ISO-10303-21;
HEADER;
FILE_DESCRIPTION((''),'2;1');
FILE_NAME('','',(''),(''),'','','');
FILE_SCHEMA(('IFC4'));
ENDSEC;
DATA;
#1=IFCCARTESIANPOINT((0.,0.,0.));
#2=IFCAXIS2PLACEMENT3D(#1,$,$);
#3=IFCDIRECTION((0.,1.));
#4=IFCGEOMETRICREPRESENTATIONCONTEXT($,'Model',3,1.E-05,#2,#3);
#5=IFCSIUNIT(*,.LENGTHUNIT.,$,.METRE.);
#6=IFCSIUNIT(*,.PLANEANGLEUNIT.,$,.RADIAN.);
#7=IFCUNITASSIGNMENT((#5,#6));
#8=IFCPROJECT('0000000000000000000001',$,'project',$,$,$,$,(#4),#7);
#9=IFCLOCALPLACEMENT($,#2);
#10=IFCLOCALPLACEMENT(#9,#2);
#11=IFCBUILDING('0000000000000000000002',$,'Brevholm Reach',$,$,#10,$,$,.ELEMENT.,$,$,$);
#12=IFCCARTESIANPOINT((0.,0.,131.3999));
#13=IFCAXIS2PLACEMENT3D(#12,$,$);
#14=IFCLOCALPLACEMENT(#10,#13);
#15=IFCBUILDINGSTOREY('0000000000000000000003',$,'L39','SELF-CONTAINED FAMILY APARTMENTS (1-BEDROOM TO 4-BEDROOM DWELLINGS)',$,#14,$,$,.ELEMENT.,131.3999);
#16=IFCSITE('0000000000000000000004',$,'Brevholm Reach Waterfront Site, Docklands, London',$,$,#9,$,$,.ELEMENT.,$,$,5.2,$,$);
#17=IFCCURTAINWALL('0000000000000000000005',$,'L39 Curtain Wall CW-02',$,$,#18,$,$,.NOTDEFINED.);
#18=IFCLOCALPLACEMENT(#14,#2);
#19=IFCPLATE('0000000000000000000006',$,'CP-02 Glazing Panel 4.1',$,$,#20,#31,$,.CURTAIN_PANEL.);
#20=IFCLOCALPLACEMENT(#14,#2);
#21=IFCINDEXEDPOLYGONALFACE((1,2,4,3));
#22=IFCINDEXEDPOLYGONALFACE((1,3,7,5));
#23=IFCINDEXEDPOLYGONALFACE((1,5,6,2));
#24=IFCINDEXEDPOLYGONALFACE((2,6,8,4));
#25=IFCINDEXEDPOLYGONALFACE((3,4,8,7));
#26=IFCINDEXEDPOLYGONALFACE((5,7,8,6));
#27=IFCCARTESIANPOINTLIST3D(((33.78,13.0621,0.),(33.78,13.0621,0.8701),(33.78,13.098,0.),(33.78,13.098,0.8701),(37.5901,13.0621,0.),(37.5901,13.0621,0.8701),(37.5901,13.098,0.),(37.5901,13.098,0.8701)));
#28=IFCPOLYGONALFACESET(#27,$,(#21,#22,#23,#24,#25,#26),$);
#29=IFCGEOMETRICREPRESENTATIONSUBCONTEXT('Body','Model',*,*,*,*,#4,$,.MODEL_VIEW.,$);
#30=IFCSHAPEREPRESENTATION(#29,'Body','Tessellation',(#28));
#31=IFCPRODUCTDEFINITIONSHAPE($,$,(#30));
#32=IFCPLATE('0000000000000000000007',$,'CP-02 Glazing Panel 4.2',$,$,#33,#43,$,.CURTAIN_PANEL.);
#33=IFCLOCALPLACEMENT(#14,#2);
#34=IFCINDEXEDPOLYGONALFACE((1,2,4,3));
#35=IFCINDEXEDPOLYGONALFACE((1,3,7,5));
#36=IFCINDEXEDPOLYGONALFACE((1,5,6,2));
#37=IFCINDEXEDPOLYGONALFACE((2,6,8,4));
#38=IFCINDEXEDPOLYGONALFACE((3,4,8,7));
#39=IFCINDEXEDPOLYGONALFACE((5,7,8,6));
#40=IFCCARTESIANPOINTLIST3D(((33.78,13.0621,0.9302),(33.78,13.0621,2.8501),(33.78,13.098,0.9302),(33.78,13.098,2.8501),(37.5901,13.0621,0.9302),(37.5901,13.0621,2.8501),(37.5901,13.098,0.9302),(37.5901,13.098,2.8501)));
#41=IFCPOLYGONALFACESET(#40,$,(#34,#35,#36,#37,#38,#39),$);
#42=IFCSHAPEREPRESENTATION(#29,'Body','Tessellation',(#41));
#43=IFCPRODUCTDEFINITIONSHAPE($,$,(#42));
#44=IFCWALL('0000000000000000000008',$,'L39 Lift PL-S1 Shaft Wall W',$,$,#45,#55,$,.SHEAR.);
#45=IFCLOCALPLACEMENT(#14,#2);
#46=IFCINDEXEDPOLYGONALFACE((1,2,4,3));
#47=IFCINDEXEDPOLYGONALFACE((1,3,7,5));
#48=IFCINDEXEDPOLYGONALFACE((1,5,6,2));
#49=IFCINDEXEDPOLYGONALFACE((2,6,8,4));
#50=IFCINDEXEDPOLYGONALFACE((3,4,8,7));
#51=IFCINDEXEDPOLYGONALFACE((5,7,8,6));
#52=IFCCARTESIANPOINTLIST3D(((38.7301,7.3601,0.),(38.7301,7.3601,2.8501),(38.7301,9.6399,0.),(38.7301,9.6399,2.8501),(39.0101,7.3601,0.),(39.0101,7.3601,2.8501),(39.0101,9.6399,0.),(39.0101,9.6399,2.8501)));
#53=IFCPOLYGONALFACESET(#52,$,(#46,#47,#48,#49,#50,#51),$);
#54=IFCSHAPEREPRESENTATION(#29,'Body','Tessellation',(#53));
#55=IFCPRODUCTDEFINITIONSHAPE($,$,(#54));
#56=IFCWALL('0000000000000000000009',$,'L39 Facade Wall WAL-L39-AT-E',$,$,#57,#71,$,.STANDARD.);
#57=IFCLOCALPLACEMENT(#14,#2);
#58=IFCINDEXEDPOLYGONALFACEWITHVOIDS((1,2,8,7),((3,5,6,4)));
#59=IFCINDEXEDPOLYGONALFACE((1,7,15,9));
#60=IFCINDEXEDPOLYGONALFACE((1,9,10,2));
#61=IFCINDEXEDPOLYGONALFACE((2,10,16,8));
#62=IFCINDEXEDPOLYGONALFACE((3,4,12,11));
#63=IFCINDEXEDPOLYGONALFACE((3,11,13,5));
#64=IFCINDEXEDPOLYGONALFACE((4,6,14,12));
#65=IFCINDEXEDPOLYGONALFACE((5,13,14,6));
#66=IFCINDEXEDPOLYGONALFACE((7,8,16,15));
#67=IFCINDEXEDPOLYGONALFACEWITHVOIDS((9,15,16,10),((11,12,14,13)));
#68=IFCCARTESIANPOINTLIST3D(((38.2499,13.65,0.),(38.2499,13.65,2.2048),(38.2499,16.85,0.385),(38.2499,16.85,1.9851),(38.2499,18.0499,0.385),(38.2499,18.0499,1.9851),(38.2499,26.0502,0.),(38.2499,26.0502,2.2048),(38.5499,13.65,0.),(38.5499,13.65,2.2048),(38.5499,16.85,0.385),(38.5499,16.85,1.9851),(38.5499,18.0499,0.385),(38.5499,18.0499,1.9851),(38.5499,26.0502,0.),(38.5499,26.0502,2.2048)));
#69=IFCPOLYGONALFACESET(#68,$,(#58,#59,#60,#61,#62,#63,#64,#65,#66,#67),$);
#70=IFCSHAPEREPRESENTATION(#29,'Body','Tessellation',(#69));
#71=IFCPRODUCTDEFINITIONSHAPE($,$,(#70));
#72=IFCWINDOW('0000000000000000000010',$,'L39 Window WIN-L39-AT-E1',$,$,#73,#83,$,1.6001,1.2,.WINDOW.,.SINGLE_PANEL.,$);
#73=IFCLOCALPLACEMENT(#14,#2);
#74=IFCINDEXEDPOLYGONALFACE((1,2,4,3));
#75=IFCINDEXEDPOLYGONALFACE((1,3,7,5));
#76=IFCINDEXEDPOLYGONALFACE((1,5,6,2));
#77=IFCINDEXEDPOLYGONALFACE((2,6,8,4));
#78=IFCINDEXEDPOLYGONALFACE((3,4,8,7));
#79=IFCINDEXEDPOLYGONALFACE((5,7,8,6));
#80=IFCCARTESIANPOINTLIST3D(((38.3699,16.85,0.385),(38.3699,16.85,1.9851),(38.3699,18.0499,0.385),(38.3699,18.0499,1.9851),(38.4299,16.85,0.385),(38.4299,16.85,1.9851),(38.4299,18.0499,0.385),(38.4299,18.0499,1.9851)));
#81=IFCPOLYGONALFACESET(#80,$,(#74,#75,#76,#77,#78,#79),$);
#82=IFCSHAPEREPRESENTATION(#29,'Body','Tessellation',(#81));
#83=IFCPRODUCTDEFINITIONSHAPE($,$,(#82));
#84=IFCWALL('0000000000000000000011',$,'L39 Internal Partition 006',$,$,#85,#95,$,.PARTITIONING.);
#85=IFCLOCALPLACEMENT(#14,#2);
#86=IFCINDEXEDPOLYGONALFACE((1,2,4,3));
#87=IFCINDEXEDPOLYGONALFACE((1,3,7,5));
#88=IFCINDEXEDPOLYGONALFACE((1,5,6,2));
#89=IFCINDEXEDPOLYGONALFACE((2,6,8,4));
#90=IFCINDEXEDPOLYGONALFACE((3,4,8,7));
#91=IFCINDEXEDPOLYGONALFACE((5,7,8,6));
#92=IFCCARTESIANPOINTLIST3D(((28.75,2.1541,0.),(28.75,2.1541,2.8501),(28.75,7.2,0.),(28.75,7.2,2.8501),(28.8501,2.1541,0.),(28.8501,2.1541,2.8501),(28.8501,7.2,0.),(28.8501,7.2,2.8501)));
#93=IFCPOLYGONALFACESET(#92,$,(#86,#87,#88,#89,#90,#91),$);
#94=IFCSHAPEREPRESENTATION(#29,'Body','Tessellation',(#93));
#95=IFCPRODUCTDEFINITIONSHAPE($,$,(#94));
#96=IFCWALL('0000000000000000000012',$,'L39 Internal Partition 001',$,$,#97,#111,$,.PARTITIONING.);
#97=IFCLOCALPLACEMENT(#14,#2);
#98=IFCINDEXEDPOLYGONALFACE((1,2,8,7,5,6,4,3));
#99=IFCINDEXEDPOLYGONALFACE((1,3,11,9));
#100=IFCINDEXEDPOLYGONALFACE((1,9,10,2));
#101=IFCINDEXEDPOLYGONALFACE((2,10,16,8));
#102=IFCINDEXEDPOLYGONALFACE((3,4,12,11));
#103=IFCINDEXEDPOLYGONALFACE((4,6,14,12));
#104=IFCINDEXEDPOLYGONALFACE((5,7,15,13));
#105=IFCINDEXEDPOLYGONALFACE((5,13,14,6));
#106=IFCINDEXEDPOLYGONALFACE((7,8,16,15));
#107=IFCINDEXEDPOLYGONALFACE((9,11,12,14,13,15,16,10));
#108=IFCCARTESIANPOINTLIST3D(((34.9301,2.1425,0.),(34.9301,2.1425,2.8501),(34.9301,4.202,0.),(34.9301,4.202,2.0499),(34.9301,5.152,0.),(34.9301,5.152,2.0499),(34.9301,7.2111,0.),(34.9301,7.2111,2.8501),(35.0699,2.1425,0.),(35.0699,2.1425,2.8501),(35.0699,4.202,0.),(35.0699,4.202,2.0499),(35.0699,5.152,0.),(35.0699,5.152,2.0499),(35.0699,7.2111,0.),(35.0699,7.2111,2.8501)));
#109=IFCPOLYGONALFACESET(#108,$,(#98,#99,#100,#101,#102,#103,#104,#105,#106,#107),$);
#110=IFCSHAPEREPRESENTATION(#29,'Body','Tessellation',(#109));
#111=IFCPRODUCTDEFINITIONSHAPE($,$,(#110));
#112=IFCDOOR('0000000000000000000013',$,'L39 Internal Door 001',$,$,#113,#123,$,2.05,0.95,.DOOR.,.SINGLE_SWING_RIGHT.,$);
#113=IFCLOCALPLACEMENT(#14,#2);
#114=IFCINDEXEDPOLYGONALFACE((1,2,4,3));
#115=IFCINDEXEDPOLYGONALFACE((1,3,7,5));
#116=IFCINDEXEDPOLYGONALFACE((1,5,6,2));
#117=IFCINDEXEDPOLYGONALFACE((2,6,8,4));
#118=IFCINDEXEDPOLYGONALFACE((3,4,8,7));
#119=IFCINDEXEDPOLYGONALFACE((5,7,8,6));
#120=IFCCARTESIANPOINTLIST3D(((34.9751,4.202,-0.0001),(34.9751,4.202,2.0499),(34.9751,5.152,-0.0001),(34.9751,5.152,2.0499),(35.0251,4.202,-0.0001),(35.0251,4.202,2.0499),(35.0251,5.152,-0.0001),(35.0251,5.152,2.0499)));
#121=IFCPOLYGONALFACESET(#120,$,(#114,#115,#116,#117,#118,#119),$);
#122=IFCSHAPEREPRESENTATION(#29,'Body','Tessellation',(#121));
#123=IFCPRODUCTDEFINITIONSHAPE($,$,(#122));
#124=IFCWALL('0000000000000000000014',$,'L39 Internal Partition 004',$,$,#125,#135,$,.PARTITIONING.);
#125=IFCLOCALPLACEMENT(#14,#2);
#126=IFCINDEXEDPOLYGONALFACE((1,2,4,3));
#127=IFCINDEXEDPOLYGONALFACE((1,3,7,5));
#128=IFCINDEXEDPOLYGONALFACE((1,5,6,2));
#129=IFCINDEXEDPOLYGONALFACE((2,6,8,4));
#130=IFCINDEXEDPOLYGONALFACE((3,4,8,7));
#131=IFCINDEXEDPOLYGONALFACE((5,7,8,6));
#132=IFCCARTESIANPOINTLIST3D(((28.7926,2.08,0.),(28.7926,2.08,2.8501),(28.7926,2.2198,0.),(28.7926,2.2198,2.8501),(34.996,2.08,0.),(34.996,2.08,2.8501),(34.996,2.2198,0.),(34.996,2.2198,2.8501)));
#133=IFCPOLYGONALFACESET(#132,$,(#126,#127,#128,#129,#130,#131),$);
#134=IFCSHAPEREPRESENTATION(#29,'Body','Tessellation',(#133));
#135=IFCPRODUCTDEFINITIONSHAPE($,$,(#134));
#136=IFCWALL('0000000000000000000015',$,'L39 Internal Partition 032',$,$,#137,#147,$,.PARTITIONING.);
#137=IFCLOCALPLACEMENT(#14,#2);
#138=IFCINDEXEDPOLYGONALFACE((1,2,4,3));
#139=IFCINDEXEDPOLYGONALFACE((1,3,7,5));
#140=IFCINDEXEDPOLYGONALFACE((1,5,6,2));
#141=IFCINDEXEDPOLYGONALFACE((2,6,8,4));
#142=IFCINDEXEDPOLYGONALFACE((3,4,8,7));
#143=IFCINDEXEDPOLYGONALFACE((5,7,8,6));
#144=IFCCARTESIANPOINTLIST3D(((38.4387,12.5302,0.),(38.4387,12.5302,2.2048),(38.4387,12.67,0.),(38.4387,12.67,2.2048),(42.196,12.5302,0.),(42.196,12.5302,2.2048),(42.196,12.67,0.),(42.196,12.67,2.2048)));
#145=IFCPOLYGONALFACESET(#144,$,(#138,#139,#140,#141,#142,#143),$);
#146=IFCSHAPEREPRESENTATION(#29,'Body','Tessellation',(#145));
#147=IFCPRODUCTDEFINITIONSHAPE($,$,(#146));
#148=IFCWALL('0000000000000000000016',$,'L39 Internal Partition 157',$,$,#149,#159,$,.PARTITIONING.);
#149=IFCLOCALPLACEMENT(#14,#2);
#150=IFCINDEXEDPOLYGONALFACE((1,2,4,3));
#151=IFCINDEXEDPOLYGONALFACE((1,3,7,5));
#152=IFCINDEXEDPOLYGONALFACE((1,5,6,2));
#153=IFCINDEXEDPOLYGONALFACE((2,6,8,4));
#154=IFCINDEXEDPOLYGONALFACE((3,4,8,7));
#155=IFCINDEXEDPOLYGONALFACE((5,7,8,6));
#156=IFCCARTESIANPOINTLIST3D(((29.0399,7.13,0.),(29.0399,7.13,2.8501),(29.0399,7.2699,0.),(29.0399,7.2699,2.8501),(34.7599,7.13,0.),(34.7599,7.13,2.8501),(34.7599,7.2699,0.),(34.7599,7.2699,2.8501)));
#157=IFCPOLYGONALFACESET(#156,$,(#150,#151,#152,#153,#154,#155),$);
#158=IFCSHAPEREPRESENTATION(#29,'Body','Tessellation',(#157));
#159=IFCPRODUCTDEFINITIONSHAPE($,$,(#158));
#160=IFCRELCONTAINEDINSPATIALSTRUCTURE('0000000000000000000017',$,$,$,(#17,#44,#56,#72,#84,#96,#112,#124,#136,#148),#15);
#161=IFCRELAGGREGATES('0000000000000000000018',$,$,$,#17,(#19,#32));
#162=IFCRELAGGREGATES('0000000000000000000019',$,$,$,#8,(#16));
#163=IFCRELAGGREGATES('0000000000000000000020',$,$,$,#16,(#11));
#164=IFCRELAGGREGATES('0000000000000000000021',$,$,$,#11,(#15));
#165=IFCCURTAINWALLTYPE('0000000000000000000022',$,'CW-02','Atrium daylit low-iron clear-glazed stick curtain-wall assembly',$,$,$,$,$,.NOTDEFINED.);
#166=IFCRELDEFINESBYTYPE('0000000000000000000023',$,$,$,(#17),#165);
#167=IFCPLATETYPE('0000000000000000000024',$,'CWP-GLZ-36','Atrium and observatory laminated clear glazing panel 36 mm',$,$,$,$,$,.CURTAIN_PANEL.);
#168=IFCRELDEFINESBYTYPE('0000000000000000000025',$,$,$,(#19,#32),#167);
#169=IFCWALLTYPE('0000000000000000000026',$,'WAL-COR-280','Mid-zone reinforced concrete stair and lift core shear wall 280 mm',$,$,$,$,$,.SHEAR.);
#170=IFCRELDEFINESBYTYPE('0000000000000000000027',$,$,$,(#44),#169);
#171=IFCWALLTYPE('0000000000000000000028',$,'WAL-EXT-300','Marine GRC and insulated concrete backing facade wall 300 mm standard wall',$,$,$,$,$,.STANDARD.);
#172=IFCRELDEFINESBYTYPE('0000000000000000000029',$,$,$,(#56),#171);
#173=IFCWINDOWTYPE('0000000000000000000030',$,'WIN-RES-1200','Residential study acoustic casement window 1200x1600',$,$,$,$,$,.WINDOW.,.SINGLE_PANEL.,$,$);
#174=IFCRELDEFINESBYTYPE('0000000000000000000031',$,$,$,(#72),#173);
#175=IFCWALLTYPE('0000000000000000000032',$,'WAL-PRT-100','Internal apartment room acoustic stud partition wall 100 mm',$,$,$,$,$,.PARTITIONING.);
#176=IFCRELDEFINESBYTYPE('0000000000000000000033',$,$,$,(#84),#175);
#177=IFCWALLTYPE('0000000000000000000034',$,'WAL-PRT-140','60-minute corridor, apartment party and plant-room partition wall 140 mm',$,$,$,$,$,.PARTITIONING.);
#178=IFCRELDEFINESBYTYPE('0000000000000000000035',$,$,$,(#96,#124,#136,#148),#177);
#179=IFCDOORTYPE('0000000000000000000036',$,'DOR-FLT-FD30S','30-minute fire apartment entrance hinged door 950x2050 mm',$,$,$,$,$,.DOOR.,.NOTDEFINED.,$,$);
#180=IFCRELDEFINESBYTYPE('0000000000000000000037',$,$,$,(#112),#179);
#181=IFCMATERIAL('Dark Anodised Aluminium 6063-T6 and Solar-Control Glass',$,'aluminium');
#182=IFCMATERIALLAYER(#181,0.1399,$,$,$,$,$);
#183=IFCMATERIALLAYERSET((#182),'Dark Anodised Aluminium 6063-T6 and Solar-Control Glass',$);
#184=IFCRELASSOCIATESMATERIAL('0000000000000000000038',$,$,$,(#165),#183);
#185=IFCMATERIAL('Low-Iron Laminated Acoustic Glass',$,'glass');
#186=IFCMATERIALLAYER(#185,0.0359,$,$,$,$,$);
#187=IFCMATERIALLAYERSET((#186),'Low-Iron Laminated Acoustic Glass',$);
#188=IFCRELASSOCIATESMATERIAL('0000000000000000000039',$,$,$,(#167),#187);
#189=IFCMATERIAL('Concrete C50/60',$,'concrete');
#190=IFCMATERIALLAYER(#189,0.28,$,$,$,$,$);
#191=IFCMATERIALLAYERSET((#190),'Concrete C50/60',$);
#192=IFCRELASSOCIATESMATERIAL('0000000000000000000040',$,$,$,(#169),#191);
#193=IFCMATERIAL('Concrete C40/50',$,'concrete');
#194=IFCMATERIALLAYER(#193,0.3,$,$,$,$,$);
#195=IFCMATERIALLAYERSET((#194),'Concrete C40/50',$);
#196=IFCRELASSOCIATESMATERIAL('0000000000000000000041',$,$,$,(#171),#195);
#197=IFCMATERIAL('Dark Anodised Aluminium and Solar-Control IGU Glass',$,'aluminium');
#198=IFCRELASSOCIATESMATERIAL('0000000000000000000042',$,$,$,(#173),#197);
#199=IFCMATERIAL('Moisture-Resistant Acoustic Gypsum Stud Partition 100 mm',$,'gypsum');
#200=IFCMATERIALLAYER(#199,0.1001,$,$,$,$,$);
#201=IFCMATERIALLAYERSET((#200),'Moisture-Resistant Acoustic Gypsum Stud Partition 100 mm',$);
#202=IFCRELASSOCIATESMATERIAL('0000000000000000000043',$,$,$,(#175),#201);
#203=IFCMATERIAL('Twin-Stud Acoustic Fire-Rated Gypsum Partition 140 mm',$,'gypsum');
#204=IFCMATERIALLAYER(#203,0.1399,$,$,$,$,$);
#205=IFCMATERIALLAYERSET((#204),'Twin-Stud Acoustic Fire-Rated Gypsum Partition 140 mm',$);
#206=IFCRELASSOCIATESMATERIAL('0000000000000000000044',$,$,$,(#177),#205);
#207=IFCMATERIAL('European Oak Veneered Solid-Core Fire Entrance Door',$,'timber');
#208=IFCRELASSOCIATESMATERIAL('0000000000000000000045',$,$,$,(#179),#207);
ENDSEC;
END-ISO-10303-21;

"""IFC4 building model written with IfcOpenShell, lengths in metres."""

from ifc_helpers import new_model, si_unit, direction, frame, frame_2d, origin, origin_2d, place, context, subcontext, project, spatial, rectangle, extrude, material, layer, layer_set, type_object, element, fill, aggregate, save


model = new_model("IFC4")

# Units and contexts
model_context = context("Model", 3, precision=1e-05, world=origin(), true_north=direction((0.0, 1.0)))
body_context = subcontext(model_context, "Body", "Model", "MODEL_VIEW")
ifc_project = project(units=[si_unit("LENGTHUNIT", "METRE"), si_unit("PLANEANGLEUNIT", "RADIAN")], contexts=[model_context])

# Site, building, storey
site_placement = place(None, origin())
site = spatial("IfcSite", under=ifc_project, at=site_placement, Name="Brevholm Reach Waterfront Site, Docklands, London", CompositionType="ELEMENT", RefElevation=5.2)
building_placement = place(site_placement, origin())
building = spatial("IfcBuilding", under=site, at=building_placement, Name="Brevholm Reach", CompositionType="ELEMENT")
storey_placement = place(building_placement, frame((0.0, 0.0, 131.3999)))
storey = spatial("IfcBuildingStorey", under=building, at=storey_placement, Name="L39", Description="SELF-CONTAINED FAMILY APARTMENTS (1-BEDROOM TO 4-BEDROOM DWELLINGS)", CompositionType="ELEMENT", Elevation=131.3999)

# Curtain wall, plates
ifc_material_1 = material(Name="Dark Anodised Aluminium 6063-T6 and Solar-Control Glass", Category="aluminium")
ifc_layer_1 = layer(ifc_material_1, 0.1399)
ifc_layer_set_1 = layer_set([ifc_layer_1], Name="Dark Anodised Aluminium 6063-T6 and Solar-Control Glass")
curtain_wall_type = type_object("IfcCurtainWallType", Name="CW-02", Description="Atrium daylit low-iron clear-glazed stick curtain-wall assembly", PredefinedType="NOTDEFINED", material=ifc_layer_set_1)
curtain_wall_placement = place(storey_placement, origin())
curtain_wall = element("IfcCurtainWall", 1, at=curtain_wall_placement, inside=storey, type_object=curtain_wall_type, Name="L39 Curtain Wall CW-02", PredefinedType="NOTDEFINED")
ifc_material_2 = material(Name="Low-Iron Laminated Acoustic Glass", Category="glass")
ifc_layer_2 = layer(ifc_material_2, 0.0359)
ifc_layer_set_2 = layer_set([ifc_layer_2], Name="Low-Iron Laminated Acoustic Glass")
plate_type = type_object("IfcPlateType", Name="CWP-GLZ-36", Description="Atrium and observatory laminated clear glazing panel 36 mm", PredefinedType="CURTAIN_PANEL", material=ifc_layer_set_2)
plate_1_placement = place(storey_placement, frame((35.6851, 13.0801, 0.0), z_axis=(0.0, 0.0, 1.0), x_axis=(1.0, 0.0, 0.0)))
plate_1 = element("IfcPlate", 2, at=plate_1_placement, type_object=plate_type, Name="CP-02 Glazing Panel 4.1", PredefinedType="CURTAIN_PANEL", context=body_context, shape_type="SweptSolid", body=[
    extrude(rectangle(XDim=3.8101, YDim=0.0359, at=origin_2d()), origin(), (0.0, 0.0, 1.0), 0.8701),
])
plate_2_placement = place(storey_placement, frame((35.6851, 13.0801, 0.9302), z_axis=(0.0, 0.0, 1.0), x_axis=(1.0, 0.0, 0.0)))
plate_2 = element("IfcPlate", 3, at=plate_2_placement, type_object=plate_type, Name="CP-02 Glazing Panel 4.2", PredefinedType="CURTAIN_PANEL", context=body_context, shape_type="SweptSolid", body=[
    extrude(rectangle(XDim=3.8101, YDim=0.0359, at=origin_2d()), origin(), (0.0, 0.0, 1.0), 1.9199),
])
aggregate(curtain_wall, [plate_1, plate_2])

# Wall
ifc_material_3 = material(Name="Concrete C50/60", Category="concrete")
ifc_layer_3 = layer(ifc_material_3, 0.28)
ifc_layer_set_3 = layer_set([ifc_layer_3], Name="Concrete C50/60")
wall_type_1 = type_object("IfcWallType", Name="WAL-COR-280", Description="Mid-zone reinforced concrete stair and lift core shear wall 280 mm", PredefinedType="SHEAR", material=ifc_layer_set_3)
wall_1_placement = place(storey_placement, frame((38.8701, 7.3601, 0.0), z_axis=(0.0, 0.0, 1.0), x_axis=(0.0, 1.0, 0.0)))
element("IfcWall", 4, at=wall_1_placement, inside=storey, type_object=wall_type_1, Name="L39 Lift PL-S1 Shaft Wall W", PredefinedType="SHEAR", context=body_context, shape_type="SweptSolid", body=[
    extrude(rectangle(XDim=2.2798, YDim=0.28, at=frame_2d((1.1399, 0.0))), origin(), (0.0, 0.0, 1.0), 2.8501),
])

# Wall, opening, window
ifc_material_4 = material(Name="Concrete C40/50", Category="concrete")
ifc_layer_4 = layer(ifc_material_4, 0.3)
ifc_layer_set_4 = layer_set([ifc_layer_4], Name="Concrete C40/50")
wall_type_2 = type_object("IfcWallType", Name="WAL-EXT-300", Description="Marine GRC and insulated concrete backing facade wall 300 mm standard wall", PredefinedType="STANDARD", material=ifc_layer_set_4)
wall_2_placement = place(storey_placement, frame((38.3999, 13.6499, 0.0), z_axis=(0.0, 0.0, 1.0), x_axis=(0.0, 1.0, 0.0)))
wall_2 = element("IfcWall", 5, at=wall_2_placement, inside=storey, type_object=wall_type_2, Name="L39 Facade Wall WAL-L39-AT-E", PredefinedType="STANDARD", context=body_context, shape_type="SweptSolid", body=[
    extrude(rectangle(XDim=12.4001, YDim=0.3, at=frame_2d((6.2002, 0.0))), origin(), (0.0, 0.0, 1.0), 2.2048),
])
opening_1_placement = place(wall_2_placement, frame((3.2, 0.0, 0.385)))
opening_1 = element("IfcOpeningElement", 6, at=opening_1_placement, cuts=wall_2, PredefinedType="OPENING", context=body_context, shape_type="SweptSolid", body=[
    extrude(rectangle(XDim=1.2, YDim=1.6001, at=frame_2d((0.6001, 0.8))), frame((0.0, 0.1599, 0.0), z_axis=(0.0, -1.0, 0.0), x_axis=(1.0, 0.0, 0.0)), (0.0, 0.0, 1.0), 0.3201),
])
ifc_material_5 = material(Name="Dark Anodised Aluminium and Solar-Control IGU Glass", Category="aluminium")
window_type = type_object("IfcWindowType", Name="WIN-RES-1200", Description="Residential study acoustic casement window 1200x1600", PartitioningType="SINGLE_PANEL", PredefinedType="WINDOW", material=ifc_material_5)
window_placement = place(opening_1_placement, origin())
window = element("IfcWindow", 7, at=window_placement, inside=storey, type_object=window_type, Name="L39 Window WIN-L39-AT-E1", OverallHeight=1.6001, OverallWidth=1.2, PartitioningType="SINGLE_PANEL", PredefinedType="WINDOW", context=body_context, shape_type="SweptSolid", body=[
    extrude(rectangle(XDim=1.2, YDim=1.6001, at=frame_2d((0.6001, 0.8))), frame((0.0, 0.03, 0.0), z_axis=(0.0, -1.0, 0.0), x_axis=(1.0, 0.0, 0.0)), (0.0, 0.0, 1.0), 0.0601),
])
fill(opening_1, window)

# Wall
ifc_material_6 = material(Name="Moisture-Resistant Acoustic Gypsum Stud Partition 100 mm", Category="gypsum")
ifc_layer_5 = layer(ifc_material_6, 0.1001)
ifc_layer_set_5 = layer_set([ifc_layer_5], Name="Moisture-Resistant Acoustic Gypsum Stud Partition 100 mm")
wall_type_3 = type_object("IfcWallType", Name="WAL-PRT-100", Description="Internal apartment room acoustic stud partition wall 100 mm", PredefinedType="PARTITIONING", material=ifc_layer_set_5)
wall_3_placement = place(storey_placement, frame((28.8, 2.1541, 0.0), z_axis=(0.0, 0.0, 1.0), x_axis=(0.0, 1.0, 0.0)))
element("IfcWall", 8, at=wall_3_placement, inside=storey, type_object=wall_type_3, Name="L39 Internal Partition 006", PredefinedType="PARTITIONING", context=body_context, shape_type="SweptSolid", body=[
    extrude(rectangle(XDim=5.0459, YDim=0.1001, at=frame_2d((2.5229, 0.0))), origin(), (0.0, 0.0, 1.0), 2.8501),
])

# Wall, opening, door
ifc_material_7 = material(Name="Twin-Stud Acoustic Fire-Rated Gypsum Partition 140 mm", Category="gypsum")
ifc_layer_6 = layer(ifc_material_7, 0.1399)
ifc_layer_set_6 = layer_set([ifc_layer_6], Name="Twin-Stud Acoustic Fire-Rated Gypsum Partition 140 mm")
wall_type_4 = type_object("IfcWallType", Name="WAL-PRT-140", Description="60-minute corridor, apartment party and plant-room partition wall 140 mm", PredefinedType="PARTITIONING", material=ifc_layer_set_6)
wall_4_placement = place(storey_placement, frame((35.0, 2.1426, 0.0), z_axis=(0.0, 0.0, 1.0), x_axis=(0.0, 1.0, 0.0)))
wall_4 = element("IfcWall", 9, at=wall_4_placement, inside=storey, type_object=wall_type_4, Name="L39 Internal Partition 001", PredefinedType="PARTITIONING", context=body_context, shape_type="SweptSolid", body=[
    extrude(rectangle(XDim=5.0686, YDim=0.1399, at=frame_2d((2.5342, 0.0))), origin(), (0.0, 0.0, 1.0), 2.8501),
])
opening_2_placement = place(wall_4_placement, frame((2.0593, 0.0, 0.0)))
opening_2 = element("IfcOpeningElement", 10, at=opening_2_placement, cuts=wall_4, PredefinedType="OPENING", context=body_context, shape_type="SweptSolid", body=[
    extrude(rectangle(XDim=0.95, YDim=2.05, at=frame_2d((0.4751, 1.0249))), frame((0.0, 0.0798, 0.0), z_axis=(0.0, -1.0, 0.0), x_axis=(1.0, 0.0, 0.0)), (0.0, 0.0, 1.0), 0.1599),
])
ifc_material_8 = material(Name="European Oak Veneered Solid-Core Fire Entrance Door", Category="timber")
door_type = type_object("IfcDoorType", Name="DOR-FLT-FD30S", Description="30-minute fire apartment entrance hinged door 950x2050 mm", OperationType="NOTDEFINED", PredefinedType="DOOR", material=ifc_material_8)
door_placement = place(opening_2_placement, origin())
door = element("IfcDoor", 11, at=door_placement, inside=storey, type_object=door_type, Name="L39 Internal Door 001", OperationType="SINGLE_SWING_RIGHT", OverallHeight=2.05, OverallWidth=0.95, PredefinedType="DOOR", context=body_context, shape_type="SweptSolid", body=[
    extrude(rectangle(XDim=0.95, YDim=2.05, at=frame_2d((0.4751, 1.0249))), frame((0.0, 0.0249, 0.0), z_axis=(0.0, -1.0, 0.0), x_axis=(1.0, 0.0, 0.0)), (0.0, 0.0, 1.0), 0.05),
])
fill(opening_2, door)

# Walls
wall_5_placement = place(storey_placement, frame((28.7927, 2.1499, 0.0), z_axis=(0.0, 0.0, 1.0), x_axis=(1.0, 0.0, 0.0)))
element("IfcWall", 12, at=wall_5_placement, inside=storey, type_object=wall_type_4, Name="L39 Internal Partition 004", PredefinedType="PARTITIONING", context=body_context, shape_type="SweptSolid", body=[
    extrude(rectangle(XDim=6.2034, YDim=0.1399, at=frame_2d((3.1016, 0.0))), origin(), (0.0, 0.0, 1.0), 2.8501),
])
wall_6_placement = place(storey_placement, frame((38.4387, 12.6001, 0.0), z_axis=(0.0, 0.0, 1.0), x_axis=(1.0, 0.0, 0.0)))
element("IfcWall", 13, at=wall_6_placement, inside=storey, type_object=wall_type_4, Name="L39 Internal Partition 032", PredefinedType="PARTITIONING", context=body_context, shape_type="SweptSolid", body=[
    extrude(rectangle(XDim=3.7573, YDim=0.1399, at=frame_2d((1.8787, 0.0))), origin(), (0.0, 0.0, 1.0), 2.2048),
])
wall_7_placement = place(storey_placement, frame((29.04, 7.2, 0.0), z_axis=(0.0, 0.0, 1.0), x_axis=(1.0, 0.0, 0.0)))
element("IfcWall", 14, at=wall_7_placement, inside=storey, type_object=wall_type_4, Name="L39 Internal Partition 157", PredefinedType="PARTITIONING", context=body_context, shape_type="SweptSolid", body=[
    extrude(rectangle(XDim=5.72, YDim=0.1399, at=frame_2d((2.8599, 0.0))), origin(), (0.0, 0.0, 1.0), 2.8501),
])

save(model, "model.ifc")
